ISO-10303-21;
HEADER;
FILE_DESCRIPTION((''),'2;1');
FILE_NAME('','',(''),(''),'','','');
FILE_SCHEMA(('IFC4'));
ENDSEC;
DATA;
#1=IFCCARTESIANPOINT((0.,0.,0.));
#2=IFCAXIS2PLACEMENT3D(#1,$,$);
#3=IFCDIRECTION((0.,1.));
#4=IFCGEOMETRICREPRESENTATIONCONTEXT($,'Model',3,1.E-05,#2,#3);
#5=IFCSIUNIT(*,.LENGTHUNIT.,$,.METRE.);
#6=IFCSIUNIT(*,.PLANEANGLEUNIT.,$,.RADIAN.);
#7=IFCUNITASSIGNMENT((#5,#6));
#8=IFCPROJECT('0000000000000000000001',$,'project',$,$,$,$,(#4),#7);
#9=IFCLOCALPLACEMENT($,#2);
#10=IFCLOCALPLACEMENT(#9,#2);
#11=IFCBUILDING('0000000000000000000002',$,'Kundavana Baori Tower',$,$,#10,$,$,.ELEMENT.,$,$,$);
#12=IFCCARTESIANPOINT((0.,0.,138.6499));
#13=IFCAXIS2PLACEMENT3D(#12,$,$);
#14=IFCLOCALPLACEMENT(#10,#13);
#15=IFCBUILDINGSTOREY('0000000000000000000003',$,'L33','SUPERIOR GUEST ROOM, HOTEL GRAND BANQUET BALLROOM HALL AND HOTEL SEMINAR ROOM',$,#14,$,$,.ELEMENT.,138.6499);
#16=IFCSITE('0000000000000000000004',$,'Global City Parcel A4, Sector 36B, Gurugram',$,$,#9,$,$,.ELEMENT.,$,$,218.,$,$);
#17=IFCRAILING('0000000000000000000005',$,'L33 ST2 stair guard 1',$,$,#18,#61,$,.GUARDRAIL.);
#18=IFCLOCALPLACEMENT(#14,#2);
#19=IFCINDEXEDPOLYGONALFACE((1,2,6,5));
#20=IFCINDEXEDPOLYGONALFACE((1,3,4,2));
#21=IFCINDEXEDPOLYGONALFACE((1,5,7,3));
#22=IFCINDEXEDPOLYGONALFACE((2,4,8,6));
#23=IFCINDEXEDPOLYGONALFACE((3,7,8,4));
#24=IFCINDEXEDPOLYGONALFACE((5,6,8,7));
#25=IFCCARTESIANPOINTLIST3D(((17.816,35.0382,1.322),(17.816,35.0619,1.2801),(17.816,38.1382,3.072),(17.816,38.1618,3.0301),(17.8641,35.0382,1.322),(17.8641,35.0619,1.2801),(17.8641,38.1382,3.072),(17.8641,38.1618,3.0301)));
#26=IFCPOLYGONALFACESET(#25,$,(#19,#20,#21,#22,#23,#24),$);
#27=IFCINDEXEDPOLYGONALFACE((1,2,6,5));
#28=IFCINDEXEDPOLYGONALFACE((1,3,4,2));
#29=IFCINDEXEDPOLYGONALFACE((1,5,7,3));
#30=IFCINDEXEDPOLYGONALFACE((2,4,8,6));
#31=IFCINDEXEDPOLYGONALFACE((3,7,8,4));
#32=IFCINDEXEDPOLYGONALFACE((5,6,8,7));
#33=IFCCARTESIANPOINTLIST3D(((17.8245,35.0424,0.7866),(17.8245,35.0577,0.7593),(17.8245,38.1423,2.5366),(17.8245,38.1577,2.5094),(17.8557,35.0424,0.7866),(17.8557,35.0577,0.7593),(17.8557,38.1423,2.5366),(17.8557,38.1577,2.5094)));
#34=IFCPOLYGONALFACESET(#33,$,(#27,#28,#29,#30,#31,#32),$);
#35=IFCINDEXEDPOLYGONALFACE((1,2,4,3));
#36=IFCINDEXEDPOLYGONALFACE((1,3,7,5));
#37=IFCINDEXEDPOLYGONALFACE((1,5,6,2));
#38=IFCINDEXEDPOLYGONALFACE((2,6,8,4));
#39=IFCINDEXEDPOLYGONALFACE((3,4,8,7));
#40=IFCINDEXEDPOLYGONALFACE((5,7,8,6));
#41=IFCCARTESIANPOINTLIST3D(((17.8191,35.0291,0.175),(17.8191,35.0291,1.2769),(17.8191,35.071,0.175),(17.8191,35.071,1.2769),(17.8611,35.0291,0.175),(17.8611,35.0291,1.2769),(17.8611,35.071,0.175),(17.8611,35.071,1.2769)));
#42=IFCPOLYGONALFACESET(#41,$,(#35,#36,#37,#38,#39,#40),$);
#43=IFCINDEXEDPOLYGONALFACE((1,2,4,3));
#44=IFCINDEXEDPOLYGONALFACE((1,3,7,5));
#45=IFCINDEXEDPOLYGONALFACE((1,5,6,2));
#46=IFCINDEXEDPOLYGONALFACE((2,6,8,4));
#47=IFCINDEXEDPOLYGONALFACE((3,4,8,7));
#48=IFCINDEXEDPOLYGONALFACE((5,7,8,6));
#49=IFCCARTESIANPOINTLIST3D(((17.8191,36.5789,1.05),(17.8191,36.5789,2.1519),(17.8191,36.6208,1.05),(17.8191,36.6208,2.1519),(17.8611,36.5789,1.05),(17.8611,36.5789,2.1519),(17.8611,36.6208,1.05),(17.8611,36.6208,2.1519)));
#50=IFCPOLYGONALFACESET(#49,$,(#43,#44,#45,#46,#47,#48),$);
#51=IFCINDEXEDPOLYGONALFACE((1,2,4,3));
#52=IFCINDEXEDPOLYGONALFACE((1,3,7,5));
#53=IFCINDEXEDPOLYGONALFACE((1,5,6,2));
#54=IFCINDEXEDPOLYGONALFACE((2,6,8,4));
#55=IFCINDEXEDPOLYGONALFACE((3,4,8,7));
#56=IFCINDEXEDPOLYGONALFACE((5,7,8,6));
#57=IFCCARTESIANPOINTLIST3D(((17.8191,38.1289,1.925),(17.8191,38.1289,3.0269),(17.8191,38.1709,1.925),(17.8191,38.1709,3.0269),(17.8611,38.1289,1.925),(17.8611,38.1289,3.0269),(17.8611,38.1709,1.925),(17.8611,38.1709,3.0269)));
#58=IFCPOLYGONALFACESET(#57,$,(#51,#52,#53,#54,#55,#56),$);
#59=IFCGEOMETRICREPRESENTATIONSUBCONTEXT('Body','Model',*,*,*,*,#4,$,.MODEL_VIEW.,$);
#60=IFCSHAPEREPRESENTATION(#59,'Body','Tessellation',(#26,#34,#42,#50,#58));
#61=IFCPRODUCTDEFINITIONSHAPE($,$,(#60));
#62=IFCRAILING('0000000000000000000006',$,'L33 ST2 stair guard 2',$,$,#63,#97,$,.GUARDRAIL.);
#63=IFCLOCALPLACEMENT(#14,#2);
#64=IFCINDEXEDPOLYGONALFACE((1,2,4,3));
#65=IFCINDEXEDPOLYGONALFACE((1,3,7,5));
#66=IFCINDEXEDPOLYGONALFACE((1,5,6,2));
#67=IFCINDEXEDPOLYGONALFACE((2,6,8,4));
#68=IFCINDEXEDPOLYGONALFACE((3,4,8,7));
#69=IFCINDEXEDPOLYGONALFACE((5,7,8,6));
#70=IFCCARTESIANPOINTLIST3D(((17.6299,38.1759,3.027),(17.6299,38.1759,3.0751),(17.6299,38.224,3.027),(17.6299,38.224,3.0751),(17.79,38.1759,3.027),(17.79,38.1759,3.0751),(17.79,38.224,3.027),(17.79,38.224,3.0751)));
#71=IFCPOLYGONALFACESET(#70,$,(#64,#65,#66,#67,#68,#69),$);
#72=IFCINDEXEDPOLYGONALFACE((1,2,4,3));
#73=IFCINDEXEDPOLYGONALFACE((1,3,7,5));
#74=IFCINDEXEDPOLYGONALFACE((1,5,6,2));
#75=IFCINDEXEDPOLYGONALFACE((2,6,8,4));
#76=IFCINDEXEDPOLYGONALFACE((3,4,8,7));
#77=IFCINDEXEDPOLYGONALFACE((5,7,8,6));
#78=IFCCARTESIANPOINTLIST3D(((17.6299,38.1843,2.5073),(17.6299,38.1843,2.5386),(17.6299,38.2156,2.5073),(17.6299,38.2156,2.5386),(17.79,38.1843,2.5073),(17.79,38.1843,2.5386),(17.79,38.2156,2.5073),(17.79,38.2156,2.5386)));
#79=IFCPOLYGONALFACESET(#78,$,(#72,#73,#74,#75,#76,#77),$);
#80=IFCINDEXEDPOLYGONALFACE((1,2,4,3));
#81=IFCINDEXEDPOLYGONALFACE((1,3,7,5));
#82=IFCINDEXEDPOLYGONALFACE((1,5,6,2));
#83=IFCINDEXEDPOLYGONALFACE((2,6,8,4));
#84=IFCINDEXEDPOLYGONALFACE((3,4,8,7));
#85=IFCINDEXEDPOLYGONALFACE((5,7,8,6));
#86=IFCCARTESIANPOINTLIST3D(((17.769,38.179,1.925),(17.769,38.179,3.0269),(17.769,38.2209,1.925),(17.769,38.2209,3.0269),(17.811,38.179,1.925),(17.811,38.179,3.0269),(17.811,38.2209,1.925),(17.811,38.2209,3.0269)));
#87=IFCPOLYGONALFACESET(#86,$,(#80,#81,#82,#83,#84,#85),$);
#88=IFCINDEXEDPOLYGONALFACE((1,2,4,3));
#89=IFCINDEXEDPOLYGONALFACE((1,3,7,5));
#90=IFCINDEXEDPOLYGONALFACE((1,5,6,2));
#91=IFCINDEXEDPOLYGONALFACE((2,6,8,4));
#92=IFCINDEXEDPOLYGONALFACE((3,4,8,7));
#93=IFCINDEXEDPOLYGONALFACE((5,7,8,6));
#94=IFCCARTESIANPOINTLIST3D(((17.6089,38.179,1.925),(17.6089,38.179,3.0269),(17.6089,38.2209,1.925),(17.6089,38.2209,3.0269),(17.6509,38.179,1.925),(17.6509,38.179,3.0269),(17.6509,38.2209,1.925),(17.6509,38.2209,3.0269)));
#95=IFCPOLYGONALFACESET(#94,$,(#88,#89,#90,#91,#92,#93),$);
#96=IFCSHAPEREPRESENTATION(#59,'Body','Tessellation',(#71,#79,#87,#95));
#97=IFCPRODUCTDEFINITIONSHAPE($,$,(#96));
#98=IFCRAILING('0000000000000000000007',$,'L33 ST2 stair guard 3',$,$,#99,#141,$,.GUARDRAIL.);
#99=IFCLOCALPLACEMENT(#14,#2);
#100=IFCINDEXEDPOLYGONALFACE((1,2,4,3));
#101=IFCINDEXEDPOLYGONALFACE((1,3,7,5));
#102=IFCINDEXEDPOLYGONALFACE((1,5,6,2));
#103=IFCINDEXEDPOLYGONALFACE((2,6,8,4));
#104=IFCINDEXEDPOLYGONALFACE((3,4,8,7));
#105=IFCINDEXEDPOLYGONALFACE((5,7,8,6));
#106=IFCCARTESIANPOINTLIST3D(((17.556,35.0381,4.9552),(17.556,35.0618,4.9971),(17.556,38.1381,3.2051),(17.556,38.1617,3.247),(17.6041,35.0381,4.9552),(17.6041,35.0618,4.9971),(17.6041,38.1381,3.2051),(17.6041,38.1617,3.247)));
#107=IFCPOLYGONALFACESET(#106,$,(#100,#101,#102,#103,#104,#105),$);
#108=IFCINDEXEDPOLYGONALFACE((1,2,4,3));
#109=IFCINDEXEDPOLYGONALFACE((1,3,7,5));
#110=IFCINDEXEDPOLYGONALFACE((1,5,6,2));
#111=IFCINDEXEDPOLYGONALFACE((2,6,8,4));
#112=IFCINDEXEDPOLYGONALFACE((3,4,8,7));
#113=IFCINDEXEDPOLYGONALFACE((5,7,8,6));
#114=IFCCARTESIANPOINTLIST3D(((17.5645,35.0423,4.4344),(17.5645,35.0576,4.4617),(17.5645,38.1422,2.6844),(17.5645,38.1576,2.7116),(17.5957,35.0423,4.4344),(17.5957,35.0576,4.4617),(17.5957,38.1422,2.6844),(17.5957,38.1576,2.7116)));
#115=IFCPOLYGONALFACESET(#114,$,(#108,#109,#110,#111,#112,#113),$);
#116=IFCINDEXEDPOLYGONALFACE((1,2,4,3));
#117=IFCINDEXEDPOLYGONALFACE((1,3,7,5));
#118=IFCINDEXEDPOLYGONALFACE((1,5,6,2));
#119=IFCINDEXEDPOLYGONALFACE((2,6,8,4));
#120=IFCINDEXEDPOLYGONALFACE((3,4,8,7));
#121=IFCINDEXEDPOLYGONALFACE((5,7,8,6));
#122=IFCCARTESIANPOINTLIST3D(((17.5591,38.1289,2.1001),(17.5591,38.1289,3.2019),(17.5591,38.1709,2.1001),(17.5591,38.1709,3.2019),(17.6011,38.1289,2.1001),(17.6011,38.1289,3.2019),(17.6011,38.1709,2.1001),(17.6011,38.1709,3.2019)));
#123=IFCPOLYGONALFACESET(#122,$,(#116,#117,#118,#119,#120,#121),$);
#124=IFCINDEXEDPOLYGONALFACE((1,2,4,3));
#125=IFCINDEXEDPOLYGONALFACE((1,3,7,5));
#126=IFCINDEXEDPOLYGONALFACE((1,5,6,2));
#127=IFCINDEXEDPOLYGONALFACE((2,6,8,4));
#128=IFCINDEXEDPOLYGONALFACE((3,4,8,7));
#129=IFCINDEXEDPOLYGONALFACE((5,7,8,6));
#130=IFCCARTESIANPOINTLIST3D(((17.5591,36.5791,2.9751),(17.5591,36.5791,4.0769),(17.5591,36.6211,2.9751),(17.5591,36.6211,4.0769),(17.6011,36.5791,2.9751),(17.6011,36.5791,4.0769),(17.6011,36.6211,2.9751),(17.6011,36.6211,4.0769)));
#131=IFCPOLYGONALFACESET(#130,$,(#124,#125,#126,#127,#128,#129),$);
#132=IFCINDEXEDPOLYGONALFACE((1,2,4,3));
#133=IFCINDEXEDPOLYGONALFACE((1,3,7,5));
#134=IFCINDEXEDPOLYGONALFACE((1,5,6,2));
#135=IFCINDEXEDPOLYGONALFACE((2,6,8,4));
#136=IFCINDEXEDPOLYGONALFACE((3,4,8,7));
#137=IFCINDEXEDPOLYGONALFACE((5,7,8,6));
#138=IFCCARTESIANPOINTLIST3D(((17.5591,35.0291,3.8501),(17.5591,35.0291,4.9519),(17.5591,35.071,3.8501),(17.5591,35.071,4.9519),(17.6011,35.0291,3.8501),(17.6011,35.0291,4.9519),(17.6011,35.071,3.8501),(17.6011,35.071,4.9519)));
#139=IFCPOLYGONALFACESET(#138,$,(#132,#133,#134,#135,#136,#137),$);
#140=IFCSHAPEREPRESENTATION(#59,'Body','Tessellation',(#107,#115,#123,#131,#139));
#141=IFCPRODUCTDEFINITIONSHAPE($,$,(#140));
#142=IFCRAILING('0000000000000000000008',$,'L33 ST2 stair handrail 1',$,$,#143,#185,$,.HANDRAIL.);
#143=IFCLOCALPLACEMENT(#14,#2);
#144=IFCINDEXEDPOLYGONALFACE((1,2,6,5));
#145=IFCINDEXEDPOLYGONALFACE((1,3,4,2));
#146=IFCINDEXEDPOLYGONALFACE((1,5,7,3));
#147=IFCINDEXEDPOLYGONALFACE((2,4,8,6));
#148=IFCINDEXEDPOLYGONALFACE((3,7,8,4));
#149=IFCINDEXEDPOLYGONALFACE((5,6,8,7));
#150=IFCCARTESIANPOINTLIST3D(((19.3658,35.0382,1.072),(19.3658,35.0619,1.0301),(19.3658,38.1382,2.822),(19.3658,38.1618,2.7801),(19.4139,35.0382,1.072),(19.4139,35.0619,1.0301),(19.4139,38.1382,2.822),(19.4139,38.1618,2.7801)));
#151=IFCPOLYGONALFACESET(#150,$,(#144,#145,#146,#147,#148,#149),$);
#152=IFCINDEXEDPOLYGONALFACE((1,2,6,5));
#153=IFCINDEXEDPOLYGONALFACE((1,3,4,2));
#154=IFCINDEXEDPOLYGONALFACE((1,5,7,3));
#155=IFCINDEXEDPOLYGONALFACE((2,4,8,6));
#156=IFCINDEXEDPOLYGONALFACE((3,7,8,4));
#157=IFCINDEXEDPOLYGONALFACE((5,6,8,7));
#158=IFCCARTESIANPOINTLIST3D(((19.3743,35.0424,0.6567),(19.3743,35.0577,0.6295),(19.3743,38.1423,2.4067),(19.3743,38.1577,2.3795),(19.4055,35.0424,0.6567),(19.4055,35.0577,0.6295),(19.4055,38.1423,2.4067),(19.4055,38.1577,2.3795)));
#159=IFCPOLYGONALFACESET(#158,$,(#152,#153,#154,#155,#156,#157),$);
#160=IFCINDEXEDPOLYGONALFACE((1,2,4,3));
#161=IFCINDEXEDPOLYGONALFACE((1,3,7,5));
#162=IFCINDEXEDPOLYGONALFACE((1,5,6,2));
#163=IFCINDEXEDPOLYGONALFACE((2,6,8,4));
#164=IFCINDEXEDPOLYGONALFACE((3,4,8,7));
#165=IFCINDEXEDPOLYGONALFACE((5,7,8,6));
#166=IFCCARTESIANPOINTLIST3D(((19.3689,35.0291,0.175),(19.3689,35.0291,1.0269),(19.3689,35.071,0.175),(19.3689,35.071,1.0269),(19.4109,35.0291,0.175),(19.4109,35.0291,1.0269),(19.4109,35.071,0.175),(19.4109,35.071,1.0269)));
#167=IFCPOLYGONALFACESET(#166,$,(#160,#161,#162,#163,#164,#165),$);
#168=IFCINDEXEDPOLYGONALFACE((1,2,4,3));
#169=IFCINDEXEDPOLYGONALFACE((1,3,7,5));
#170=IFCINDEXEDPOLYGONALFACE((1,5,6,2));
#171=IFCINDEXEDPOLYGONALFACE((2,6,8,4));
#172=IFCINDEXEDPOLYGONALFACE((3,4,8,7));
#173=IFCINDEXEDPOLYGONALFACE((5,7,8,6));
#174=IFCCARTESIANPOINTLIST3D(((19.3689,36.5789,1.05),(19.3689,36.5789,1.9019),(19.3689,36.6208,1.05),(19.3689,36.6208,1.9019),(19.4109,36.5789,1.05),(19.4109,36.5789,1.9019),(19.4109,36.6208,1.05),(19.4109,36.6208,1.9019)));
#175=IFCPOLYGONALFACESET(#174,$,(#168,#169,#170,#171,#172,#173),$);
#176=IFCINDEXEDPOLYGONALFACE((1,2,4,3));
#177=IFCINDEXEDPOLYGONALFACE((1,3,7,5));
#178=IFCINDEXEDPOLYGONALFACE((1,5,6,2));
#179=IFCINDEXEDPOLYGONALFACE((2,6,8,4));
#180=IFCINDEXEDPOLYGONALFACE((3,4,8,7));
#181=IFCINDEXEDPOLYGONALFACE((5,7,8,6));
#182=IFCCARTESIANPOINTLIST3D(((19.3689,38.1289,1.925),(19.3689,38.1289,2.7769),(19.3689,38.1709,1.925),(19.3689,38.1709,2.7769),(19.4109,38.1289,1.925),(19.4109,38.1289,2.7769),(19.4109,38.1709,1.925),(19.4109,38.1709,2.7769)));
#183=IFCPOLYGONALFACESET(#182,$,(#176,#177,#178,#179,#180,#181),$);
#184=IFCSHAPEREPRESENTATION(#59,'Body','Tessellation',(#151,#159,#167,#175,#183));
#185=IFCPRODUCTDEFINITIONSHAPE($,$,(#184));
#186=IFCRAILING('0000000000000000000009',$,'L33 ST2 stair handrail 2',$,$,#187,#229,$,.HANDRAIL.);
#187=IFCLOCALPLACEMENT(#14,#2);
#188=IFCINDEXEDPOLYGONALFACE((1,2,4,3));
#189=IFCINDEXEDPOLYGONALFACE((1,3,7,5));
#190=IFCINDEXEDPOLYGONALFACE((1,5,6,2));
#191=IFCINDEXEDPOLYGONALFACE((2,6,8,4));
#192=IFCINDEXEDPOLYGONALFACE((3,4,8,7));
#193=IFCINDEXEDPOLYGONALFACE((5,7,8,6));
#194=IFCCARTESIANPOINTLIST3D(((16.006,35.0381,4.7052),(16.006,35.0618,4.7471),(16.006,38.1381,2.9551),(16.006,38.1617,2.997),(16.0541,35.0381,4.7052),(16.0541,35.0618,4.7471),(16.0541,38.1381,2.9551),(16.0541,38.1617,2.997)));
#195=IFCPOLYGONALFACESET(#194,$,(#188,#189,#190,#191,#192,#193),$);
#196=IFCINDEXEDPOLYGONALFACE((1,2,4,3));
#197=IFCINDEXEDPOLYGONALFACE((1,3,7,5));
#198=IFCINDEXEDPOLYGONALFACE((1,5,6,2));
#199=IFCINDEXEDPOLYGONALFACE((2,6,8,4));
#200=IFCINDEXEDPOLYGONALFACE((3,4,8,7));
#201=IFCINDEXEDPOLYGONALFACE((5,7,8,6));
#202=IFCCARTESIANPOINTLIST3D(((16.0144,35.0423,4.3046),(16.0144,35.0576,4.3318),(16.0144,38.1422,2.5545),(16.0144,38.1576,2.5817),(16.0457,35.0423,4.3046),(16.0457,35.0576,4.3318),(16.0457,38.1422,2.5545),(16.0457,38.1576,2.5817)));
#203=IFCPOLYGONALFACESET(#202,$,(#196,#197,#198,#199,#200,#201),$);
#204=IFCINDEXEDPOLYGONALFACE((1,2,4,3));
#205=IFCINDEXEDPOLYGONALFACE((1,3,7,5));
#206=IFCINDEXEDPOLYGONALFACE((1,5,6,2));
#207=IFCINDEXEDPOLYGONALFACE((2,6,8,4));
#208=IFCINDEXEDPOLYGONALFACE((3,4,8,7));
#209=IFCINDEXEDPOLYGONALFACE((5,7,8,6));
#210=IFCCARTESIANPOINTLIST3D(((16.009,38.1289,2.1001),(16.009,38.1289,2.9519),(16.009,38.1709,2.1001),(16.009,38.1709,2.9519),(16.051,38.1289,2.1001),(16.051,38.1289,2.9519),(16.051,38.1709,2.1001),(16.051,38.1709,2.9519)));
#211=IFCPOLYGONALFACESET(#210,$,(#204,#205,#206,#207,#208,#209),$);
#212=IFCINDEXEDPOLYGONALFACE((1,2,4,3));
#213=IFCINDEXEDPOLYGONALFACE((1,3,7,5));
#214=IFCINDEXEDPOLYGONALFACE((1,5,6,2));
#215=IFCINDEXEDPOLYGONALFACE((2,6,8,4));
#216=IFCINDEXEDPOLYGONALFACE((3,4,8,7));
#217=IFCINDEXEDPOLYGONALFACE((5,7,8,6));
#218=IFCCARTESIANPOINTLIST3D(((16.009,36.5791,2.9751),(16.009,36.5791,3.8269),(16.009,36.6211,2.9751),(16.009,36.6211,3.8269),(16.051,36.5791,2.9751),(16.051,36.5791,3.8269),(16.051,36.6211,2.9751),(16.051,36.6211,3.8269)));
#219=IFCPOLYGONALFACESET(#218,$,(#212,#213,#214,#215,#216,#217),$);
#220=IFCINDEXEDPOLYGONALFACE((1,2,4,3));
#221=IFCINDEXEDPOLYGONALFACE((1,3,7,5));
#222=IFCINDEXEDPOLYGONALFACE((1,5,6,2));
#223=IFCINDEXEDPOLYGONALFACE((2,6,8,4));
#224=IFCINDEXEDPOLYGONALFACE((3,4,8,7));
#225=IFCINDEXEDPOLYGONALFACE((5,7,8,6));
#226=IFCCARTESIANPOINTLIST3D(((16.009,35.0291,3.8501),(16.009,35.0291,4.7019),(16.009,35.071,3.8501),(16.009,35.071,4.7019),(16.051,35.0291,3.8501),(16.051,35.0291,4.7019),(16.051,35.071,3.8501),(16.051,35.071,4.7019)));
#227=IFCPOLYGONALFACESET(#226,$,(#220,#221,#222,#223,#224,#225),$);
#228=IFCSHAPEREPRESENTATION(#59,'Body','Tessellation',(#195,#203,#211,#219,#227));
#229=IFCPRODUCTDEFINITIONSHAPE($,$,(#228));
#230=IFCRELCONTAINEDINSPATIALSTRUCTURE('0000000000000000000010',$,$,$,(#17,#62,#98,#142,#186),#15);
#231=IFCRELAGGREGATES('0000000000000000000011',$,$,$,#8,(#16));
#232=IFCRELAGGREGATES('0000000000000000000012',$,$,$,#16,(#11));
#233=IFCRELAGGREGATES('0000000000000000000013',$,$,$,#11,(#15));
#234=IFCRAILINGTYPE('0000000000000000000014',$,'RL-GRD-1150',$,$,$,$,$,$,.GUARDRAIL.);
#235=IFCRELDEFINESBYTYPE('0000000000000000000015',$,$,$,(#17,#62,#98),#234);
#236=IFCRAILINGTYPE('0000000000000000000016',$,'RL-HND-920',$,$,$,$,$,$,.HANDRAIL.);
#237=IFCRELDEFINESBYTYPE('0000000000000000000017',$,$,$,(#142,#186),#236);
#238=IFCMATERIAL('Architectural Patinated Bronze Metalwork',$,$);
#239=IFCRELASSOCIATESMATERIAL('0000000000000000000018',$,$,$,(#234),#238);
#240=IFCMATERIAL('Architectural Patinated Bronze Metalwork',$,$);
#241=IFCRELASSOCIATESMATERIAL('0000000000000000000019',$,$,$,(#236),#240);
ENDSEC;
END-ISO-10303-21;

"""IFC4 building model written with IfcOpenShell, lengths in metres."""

from ifc_helpers import new_model, si_unit, direction, frame, origin, origin_2d, place, context, subcontext, project, spatial, rectangle, extrude, material, type_object, element, save


model = new_model("IFC4")

# Units and contexts
model_context = context("Model", 3, precision=1e-05, world=origin(), true_north=direction((0.0, 1.0)))
body_context = subcontext(model_context, "Body", "Model", "MODEL_VIEW")
ifc_project = project(units=[si_unit("LENGTHUNIT", "METRE"), si_unit("PLANEANGLEUNIT", "RADIAN")], contexts=[model_context])

# Site, building, storey
site_placement = place(None, origin())
site = spatial("IfcSite", under=ifc_project, at=site_placement, Name="Global City Parcel A4, Sector 36B, Gurugram", CompositionType="ELEMENT", RefElevation=218.0)
building_placement = place(site_placement, origin())
building = spatial("IfcBuilding", under=site, at=building_placement, Name="Kundavana Baori Tower", CompositionType="ELEMENT")
storey_placement = place(building_placement, frame((0.0, 0.0, 138.6499)))
storey = spatial("IfcBuildingStorey", under=building, at=storey_placement, Name="L33", Description="SUPERIOR GUEST ROOM, HOTEL GRAND BANQUET BALLROOM HALL AND HOTEL SEMINAR ROOM", CompositionType="ELEMENT", Elevation=138.6499)

# Railings
ifc_material_1 = material(Name="Architectural Patinated Bronze Metalwork")
railing_type_1 = type_object("IfcRailingType", Name="RL-GRD-1150", PredefinedType="GUARDRAIL", material=ifc_material_1)
railing_1_placement = place(storey_placement, frame((17.8401, 35.05, 0.175)))
element("IfcRailing", 1, at=railing_1_placement, inside=storey, type_object=railing_type_1, Name="L33 ST2 stair guard 1", PredefinedType="GUARDRAIL", context=body_context, shape_type="SweptSolid", body=[
    extrude(rectangle(XDim=0.0481, YDim=0.0481, at=origin_2d()), frame((0.0, 0.0, 1.126), z_axis=(0.0, 0.870814, 0.491612), x_axis=(-1.0, 0.0, 0.0)), (0.0, 0.0, 1.0), 3.5598),
    extrude(rectangle(XDim=0.0312, YDim=0.0312, at=origin_2d()), frame((0.0, 0.0, 0.5979), z_axis=(0.0, 0.870814, 0.491612), x_axis=(-1.0, 0.0, 0.0)), (0.0, 0.0, 1.0), 3.5598),
    extrude(rectangle(XDim=0.042, YDim=0.042, at=origin_2d()), origin(), (0.0, 0.0, 1.0), 1.1018),
    extrude(rectangle(XDim=0.042, YDim=0.042, at=origin_2d()), frame((0.0, 1.5498, 0.875)), (0.0, 0.0, 1.0), 1.1018),
    extrude(rectangle(XDim=0.042, YDim=0.042, at=origin_2d()), frame((0.0, 3.0999, 1.75)), (0.0, 0.0, 1.0), 1.1018),
])
railing_2_placement = place(storey_placement, frame((17.79, 38.2, 1.925)))
element("IfcRailing", 2, at=railing_2_placement, inside=storey, type_object=railing_type_1, Name="L33 ST2 stair guard 2", PredefinedType="GUARDRAIL", context=body_context, shape_type="SweptSolid", body=[
    extrude(rectangle(XDim=0.0481, YDim=0.0481, at=origin_2d()), frame((0.0, 0.0, 1.126), z_axis=(-1.0, 0.0, 0.0), x_axis=(0.0, -1.0, 0.0)), (0.0, 0.0, 1.0), 0.1602),
    extrude(rectangle(XDim=0.0312, YDim=0.0312, at=origin_2d()), frame((0.0, 0.0, 0.5979), z_axis=(-1.0, 0.0, 0.0), x_axis=(0.0, -1.0, 0.0)), (0.0, 0.0, 1.0), 0.1602),
    extrude(rectangle(XDim=0.042, YDim=0.042, at=origin_2d()), origin(), (0.0, 0.0, 1.0), 1.1018),
    extrude(rectangle(XDim=0.042, YDim=0.042, at=origin_2d()), frame((-0.1602, 0.0, 0.0)), (0.0, 0.0, 1.0), 1.1018),
])
railing_3_placement = place(storey_placement, frame((17.5801, 38.1499, 2.1001)))
element("IfcRailing", 3, at=railing_3_placement, inside=storey, type_object=railing_type_1, Name="L33 ST2 stair guard 3", PredefinedType="GUARDRAIL", context=body_context, shape_type="SweptSolid", body=[
    extrude(rectangle(XDim=0.0481, YDim=0.0481, at=origin_2d()), frame((0.0, 0.0, 1.126), z_axis=(0.0, -0.870814, 0.491612), x_axis=(1.0, 0.0, 0.0)), (0.0, 0.0, 1.0), 3.5598),
    extrude(rectangle(XDim=0.0312, YDim=0.0312, at=origin_2d()), frame((0.0, 0.0, 0.5979), z_axis=(0.0, -0.870814, 0.491612), x_axis=(1.0, 0.0, 0.0)), (0.0, 0.0, 1.0), 3.5598),
    extrude(rectangle(XDim=0.042, YDim=0.042, at=origin_2d()), origin(), (0.0, 0.0, 1.0), 1.1018),
    extrude(rectangle(XDim=0.042, YDim=0.042, at=origin_2d()), frame((0.0, -1.5498, 0.875)), (0.0, 0.0, 1.0), 1.1018),
    extrude(rectangle(XDim=0.042, YDim=0.042, at=origin_2d()), frame((0.0, -3.0999, 1.75)), (0.0, 0.0, 1.0), 1.1018),
])
ifc_material_2 = material(Name="Architectural Patinated Bronze Metalwork")
railing_type_2 = type_object("IfcRailingType", Name="RL-HND-920", PredefinedType="HANDRAIL", material=ifc_material_2)
railing_4_placement = place(storey_placement, frame((19.3899, 35.05, 0.175)))
element("IfcRailing", 4, at=railing_4_placement, inside=storey, type_object=railing_type_2, Name="L33 ST2 stair handrail 1", PredefinedType="HANDRAIL", context=body_context, shape_type="SweptSolid", body=[
    extrude(rectangle(XDim=0.0481, YDim=0.0481, at=origin_2d()), frame((0.0, 0.0, 0.876), z_axis=(0.0, 0.870814, 0.491612), x_axis=(-1.0, 0.0, 0.0)), (0.0, 0.0, 1.0), 3.5598),
    extrude(rectangle(XDim=0.0312, YDim=0.0312, at=origin_2d()), frame((0.0, 0.0, 0.468), z_axis=(0.0, 0.870814, 0.491612), x_axis=(-1.0, 0.0, 0.0)), (0.0, 0.0, 1.0), 3.5598),
    extrude(rectangle(XDim=0.042, YDim=0.042, at=origin_2d()), origin(), (0.0, 0.0, 1.0), 0.8518),
    extrude(rectangle(XDim=0.042, YDim=0.042, at=origin_2d()), frame((0.0, 1.5498, 0.875)), (0.0, 0.0, 1.0), 0.8518),
    extrude(rectangle(XDim=0.042, YDim=0.042, at=origin_2d()), frame((0.0, 3.0999, 1.75)), (0.0, 0.0, 1.0), 0.8518),
])
railing_5_placement = place(storey_placement, frame((16.03, 38.1499, 2.1001)))
element("IfcRailing", 5, at=railing_5_placement, inside=storey, type_object=railing_type_2, Name="L33 ST2 stair handrail 2", PredefinedType="HANDRAIL", context=body_context, shape_type="SweptSolid", body=[
    extrude(rectangle(XDim=0.0481, YDim=0.0481, at=origin_2d()), frame((0.0, 0.0, 0.876), z_axis=(0.0, -0.870814, 0.491612), x_axis=(1.0, 0.0, 0.0)), (0.0, 0.0, 1.0), 3.5598),
    extrude(rectangle(XDim=0.0312, YDim=0.0312, at=origin_2d()), frame((0.0, 0.0, 0.468), z_axis=(0.0, -0.870814, 0.491612), x_axis=(1.0, 0.0, 0.0)), (0.0, 0.0, 1.0), 3.5598),
    extrude(rectangle(XDim=0.042, YDim=0.042, at=origin_2d()), origin(), (0.0, 0.0, 1.0), 0.8518),
    extrude(rectangle(XDim=0.042, YDim=0.042, at=origin_2d()), frame((0.0, -1.5498, 0.875)), (0.0, 0.0, 1.0), 0.8518),
    extrude(rectangle(XDim=0.042, YDim=0.042, at=origin_2d()), frame((0.0, -3.0999, 1.75)), (0.0, 0.0, 1.0), 0.8518),
])

save(model, "model.ifc")
